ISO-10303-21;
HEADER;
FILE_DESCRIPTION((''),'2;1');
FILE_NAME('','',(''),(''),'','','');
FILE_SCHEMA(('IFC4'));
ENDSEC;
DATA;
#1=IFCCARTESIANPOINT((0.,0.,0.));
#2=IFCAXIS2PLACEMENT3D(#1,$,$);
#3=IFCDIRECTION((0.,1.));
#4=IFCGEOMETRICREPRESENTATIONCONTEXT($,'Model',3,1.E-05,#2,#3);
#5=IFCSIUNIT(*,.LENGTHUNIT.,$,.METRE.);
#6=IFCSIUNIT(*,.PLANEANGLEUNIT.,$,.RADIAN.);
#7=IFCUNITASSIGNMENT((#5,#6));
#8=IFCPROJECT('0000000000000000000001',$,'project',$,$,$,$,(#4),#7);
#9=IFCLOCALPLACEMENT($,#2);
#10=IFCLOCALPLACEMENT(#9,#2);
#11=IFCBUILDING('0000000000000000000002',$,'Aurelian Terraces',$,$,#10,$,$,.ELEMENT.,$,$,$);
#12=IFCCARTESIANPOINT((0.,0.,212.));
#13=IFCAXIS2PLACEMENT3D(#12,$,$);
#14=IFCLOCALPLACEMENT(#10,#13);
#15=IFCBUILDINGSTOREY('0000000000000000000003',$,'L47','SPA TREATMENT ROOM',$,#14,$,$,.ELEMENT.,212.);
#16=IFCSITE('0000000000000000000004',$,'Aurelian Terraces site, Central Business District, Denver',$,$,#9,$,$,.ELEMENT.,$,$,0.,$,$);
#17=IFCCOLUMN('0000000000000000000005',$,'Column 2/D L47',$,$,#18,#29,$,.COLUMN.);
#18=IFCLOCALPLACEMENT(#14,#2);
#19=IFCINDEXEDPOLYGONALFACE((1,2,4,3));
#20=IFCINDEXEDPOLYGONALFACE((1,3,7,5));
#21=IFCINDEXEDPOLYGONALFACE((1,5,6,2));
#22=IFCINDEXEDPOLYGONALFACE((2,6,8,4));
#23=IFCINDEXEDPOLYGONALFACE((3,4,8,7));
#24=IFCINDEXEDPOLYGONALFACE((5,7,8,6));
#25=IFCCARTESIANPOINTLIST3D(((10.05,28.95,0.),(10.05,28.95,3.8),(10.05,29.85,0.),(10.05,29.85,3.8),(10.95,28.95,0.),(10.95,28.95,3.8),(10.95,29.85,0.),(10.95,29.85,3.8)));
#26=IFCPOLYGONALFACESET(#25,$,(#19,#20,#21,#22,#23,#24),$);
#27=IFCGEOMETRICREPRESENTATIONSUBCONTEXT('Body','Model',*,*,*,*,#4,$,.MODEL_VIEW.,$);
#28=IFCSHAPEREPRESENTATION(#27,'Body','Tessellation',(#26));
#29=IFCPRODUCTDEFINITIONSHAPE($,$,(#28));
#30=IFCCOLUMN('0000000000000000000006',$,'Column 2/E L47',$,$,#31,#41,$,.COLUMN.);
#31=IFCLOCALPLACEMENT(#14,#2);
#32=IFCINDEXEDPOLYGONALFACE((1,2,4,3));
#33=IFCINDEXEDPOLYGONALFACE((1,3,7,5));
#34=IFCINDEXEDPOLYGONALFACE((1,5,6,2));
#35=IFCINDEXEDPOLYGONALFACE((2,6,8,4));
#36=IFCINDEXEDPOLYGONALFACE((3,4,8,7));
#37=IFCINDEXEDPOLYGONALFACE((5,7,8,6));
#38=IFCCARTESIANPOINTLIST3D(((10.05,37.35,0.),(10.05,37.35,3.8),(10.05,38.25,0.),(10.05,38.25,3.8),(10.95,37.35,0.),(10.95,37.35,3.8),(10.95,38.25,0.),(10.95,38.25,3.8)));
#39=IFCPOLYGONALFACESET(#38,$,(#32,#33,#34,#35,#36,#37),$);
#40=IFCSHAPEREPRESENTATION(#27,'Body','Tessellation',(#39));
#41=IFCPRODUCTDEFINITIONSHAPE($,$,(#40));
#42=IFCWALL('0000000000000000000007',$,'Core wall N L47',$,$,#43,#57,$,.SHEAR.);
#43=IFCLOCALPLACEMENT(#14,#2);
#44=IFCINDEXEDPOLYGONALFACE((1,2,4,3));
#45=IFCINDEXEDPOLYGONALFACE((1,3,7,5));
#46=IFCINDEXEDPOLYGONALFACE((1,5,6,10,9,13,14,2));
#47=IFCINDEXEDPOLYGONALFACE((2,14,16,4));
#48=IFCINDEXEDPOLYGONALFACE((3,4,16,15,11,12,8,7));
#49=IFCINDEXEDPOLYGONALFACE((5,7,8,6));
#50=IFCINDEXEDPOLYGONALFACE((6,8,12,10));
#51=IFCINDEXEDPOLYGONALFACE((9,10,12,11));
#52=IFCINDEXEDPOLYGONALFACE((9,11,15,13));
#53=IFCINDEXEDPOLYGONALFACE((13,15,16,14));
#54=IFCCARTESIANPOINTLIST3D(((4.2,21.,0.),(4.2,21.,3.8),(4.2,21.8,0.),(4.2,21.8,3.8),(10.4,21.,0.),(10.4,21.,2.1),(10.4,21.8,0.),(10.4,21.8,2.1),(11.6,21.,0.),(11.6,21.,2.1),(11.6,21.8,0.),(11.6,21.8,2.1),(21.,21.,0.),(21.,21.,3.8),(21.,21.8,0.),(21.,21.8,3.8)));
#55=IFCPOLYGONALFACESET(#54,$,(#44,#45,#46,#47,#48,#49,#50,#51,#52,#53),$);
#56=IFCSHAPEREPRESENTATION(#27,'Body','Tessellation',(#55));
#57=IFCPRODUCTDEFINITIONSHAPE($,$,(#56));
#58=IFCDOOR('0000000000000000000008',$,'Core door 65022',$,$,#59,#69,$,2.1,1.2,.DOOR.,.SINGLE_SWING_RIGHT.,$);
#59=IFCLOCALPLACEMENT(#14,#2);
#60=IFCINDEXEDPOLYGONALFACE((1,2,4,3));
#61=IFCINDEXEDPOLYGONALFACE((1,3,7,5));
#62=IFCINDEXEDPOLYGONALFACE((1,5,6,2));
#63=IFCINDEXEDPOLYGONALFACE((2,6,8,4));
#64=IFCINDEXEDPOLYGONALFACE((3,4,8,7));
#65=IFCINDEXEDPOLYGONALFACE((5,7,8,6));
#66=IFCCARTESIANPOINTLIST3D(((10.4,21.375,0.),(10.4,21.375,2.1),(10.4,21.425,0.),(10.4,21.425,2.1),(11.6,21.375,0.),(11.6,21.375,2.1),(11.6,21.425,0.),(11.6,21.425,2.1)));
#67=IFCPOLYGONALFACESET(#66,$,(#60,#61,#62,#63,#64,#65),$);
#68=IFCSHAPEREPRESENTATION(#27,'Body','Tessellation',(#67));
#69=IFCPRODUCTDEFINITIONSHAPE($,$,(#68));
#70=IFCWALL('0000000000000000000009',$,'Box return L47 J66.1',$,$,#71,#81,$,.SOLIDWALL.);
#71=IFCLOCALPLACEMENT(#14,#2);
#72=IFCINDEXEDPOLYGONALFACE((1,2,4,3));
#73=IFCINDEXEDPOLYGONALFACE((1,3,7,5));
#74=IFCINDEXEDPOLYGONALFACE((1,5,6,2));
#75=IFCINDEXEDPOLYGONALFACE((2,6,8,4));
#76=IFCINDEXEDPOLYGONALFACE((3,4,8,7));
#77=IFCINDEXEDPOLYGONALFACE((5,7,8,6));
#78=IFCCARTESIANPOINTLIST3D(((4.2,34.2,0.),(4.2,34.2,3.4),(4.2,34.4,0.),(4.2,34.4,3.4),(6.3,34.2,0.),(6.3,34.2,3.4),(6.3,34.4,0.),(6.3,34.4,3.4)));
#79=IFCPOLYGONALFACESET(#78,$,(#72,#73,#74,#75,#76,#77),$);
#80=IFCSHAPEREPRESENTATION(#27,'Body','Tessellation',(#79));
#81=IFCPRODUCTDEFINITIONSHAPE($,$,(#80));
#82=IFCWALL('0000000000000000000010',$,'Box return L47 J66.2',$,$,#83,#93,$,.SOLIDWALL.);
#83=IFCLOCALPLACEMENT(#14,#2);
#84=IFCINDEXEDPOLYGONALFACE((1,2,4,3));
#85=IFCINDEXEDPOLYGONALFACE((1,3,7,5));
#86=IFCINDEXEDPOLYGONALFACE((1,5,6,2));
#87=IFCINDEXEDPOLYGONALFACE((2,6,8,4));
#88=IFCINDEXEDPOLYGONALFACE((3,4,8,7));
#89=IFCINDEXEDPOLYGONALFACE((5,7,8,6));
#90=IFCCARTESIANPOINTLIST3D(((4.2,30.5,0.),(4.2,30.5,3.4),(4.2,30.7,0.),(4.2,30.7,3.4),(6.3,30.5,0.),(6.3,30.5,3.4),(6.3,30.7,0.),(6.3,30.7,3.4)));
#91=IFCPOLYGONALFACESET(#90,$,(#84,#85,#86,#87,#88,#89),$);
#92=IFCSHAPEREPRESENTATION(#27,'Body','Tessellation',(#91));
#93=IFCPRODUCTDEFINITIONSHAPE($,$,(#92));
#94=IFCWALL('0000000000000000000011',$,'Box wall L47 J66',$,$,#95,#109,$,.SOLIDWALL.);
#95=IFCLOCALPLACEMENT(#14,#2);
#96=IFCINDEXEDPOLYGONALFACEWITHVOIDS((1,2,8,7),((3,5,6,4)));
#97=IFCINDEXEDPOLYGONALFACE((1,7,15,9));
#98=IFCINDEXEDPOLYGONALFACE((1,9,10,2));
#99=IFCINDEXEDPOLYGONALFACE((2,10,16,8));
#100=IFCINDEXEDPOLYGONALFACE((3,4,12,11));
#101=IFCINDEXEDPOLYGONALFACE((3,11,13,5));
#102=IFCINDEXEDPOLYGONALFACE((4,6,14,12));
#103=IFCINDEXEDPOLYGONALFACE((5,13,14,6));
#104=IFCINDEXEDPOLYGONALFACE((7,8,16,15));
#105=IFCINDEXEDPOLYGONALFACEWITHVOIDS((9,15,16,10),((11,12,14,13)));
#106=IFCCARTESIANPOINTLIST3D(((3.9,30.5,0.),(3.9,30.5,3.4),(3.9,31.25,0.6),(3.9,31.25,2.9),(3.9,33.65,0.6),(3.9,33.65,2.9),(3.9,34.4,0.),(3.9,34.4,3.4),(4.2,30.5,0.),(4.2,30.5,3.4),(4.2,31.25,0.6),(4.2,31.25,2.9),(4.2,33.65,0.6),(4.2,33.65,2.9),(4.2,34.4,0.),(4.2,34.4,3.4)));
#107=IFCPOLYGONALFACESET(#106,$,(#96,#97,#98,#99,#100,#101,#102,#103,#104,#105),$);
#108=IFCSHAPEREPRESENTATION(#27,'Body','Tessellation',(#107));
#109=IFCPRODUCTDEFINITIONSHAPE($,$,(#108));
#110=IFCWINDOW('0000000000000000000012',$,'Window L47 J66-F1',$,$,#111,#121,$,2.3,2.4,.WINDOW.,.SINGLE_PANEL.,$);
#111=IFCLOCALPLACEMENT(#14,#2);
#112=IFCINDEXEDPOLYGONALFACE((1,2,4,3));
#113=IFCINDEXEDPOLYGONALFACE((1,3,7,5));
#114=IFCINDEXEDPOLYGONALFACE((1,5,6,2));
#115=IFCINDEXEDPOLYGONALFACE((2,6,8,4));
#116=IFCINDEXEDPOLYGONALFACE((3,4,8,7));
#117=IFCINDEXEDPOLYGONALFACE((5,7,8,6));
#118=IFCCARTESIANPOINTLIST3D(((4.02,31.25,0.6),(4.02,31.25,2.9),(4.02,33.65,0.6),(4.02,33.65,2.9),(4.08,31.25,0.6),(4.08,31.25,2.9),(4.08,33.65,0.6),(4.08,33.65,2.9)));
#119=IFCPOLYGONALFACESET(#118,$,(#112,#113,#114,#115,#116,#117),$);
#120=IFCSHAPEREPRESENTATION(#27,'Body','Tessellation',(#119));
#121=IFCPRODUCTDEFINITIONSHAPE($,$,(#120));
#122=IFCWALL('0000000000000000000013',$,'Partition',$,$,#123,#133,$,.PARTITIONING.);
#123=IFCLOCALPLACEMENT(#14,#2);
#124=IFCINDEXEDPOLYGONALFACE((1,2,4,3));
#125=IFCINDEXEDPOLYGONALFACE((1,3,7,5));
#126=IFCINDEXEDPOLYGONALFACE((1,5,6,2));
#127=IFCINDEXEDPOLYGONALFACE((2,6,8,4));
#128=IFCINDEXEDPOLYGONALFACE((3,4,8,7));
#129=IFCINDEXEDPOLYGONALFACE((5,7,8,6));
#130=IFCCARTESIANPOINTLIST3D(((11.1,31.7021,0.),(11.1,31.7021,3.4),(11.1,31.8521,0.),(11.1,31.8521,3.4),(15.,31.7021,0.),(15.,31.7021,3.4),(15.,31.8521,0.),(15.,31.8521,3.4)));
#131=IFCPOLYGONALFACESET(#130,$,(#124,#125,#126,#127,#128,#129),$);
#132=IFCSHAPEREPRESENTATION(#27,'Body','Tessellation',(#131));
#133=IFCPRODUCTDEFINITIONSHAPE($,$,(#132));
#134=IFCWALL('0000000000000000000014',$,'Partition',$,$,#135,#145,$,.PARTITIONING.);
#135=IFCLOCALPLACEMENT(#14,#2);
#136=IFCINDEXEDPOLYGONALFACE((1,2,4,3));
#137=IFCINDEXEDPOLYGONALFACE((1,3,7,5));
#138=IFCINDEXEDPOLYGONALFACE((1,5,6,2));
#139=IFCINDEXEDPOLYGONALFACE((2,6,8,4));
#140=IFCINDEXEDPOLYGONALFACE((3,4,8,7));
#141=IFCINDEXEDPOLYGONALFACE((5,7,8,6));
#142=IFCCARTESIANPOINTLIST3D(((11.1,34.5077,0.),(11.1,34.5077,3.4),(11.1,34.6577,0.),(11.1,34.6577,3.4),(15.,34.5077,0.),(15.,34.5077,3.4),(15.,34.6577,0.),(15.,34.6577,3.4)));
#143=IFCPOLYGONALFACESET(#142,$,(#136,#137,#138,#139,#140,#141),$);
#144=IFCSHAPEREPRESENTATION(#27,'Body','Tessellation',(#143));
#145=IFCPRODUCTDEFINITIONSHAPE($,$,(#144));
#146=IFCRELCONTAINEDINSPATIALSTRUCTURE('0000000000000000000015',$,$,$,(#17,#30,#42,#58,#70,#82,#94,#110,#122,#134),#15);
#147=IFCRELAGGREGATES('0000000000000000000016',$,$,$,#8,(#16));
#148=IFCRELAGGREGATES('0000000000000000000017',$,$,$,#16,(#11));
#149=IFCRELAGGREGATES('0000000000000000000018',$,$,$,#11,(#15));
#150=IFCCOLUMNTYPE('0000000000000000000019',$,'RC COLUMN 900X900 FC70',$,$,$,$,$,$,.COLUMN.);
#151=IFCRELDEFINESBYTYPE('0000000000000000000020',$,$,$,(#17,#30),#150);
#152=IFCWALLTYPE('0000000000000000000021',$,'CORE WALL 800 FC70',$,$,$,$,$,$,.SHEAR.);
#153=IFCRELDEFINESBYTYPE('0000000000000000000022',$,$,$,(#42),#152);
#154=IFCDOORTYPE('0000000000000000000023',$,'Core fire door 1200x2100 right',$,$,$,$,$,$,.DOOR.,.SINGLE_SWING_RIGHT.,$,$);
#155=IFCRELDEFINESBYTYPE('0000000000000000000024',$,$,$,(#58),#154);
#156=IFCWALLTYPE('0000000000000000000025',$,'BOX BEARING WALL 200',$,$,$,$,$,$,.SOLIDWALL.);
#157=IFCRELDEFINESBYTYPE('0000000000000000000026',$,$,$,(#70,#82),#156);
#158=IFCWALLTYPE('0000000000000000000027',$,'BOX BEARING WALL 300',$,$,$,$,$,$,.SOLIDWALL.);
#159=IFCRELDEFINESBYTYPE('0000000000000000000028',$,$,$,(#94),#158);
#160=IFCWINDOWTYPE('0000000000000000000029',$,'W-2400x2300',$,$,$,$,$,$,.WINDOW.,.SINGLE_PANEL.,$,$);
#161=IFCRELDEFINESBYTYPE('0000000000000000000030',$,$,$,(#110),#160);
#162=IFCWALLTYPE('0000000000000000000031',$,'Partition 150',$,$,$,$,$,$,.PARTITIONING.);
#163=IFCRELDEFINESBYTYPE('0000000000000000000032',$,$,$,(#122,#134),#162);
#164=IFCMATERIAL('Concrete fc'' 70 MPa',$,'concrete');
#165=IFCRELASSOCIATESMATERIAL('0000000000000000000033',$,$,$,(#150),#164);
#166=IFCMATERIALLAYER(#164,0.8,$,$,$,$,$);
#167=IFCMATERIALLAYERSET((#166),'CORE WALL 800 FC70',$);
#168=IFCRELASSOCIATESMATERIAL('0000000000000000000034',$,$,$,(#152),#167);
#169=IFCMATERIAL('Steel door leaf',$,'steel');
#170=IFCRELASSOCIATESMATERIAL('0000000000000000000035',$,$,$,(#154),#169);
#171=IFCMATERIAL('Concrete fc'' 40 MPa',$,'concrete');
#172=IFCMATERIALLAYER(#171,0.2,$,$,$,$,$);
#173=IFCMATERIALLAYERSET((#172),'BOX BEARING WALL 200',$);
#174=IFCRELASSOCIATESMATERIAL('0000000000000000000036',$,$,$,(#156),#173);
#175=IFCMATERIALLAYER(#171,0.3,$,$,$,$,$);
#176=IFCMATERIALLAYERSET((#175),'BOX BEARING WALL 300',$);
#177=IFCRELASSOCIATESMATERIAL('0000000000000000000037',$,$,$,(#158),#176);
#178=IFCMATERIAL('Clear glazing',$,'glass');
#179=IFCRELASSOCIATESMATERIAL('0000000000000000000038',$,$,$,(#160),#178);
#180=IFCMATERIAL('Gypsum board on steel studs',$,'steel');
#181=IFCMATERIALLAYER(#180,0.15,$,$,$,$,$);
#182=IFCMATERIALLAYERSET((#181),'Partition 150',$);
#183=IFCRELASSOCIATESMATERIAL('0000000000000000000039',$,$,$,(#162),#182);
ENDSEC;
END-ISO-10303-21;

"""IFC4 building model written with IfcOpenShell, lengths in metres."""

from ifc_helpers import new_model, si_unit, direction, frame, frame_2d, origin, origin_2d, place, context, subcontext, project, spatial, rectangle, extrude, source, transform, mapped, material, layer, layer_set, material_profile, profile_set, type_object, element, fill, save


model = new_model("IFC4")

# Units and contexts
model_context = context("Model", 3, precision=1e-05, world=origin(), true_north=direction((0.0, 1.0)))
body_context = subcontext(model_context, "Body", "Model", "MODEL_VIEW")
ifc_project = project(units=[si_unit("LENGTHUNIT", "METRE"), si_unit("PLANEANGLEUNIT", "RADIAN")], contexts=[model_context])

# Site, building, storey
site_placement = place(None, origin())
site = spatial("IfcSite", under=ifc_project, at=site_placement, Name="Aurelian Terraces site, Central Business District, Denver", CompositionType="ELEMENT", RefElevation=0.0)
building_placement = place(site_placement, origin())
building = spatial("IfcBuilding", under=site, at=building_placement, Name="Aurelian Terraces", CompositionType="ELEMENT")
storey_placement = place(building_placement, frame((0.0, 0.0, 212.0)))
storey = spatial("IfcBuildingStorey", under=building, at=storey_placement, Name="L47", Description="SPA TREATMENT ROOM", CompositionType="ELEMENT", Elevation=212.0)

# Columns
ifc_material_1 = material(Name="Concrete fc' 70 MPa", Category="concrete")
ifc_material_profile = material_profile(ifc_material_1, rectangle(XDim=0.9, YDim=0.9, at=origin_2d()))
ifc_profile_set = profile_set([ifc_material_profile], Name="Concrete fc' 70 MPa")
column_type = type_object("IfcColumnType", Name="RC COLUMN 900X900 FC70", PredefinedType="COLUMN", material=ifc_profile_set)
shared_shape_1 = source(origin(), body_context, "Body", "SweptSolid", [
    extrude(rectangle(XDim=0.9, YDim=0.9, at=origin_2d()), origin(), (0.0, 0.0, 1.0), 3.8),
])
for number, where, z_axis, x_axis, name in (
    (1, (10.5, 29.4, 0.0), (0.0, 0.0, 1.0), (1.0, 0.0, 0.0), "Column 2/D L47"),
    (2, (10.5, 37.8, 0.0), (0.0, 0.0, 1.0), (1.0, 0.0, 0.0), "Column 2/E L47"),
):
    element("IfcColumn", number, at=place(storey_placement, frame(where, z_axis=z_axis, x_axis=x_axis)), inside=storey, type_object=column_type, Name=name, PredefinedType="COLUMN", context=body_context, shape_type="MappedRepresentation", body=[
        mapped(shared_shape_1, transform((0.0, 0.0, 0.0), scale=1.0)),
    ])

# Wall, opening, door
ifc_layer_1 = layer(ifc_material_1, 0.8)
ifc_layer_set_1 = layer_set([ifc_layer_1], Name="CORE WALL 800 FC70")
wall_type_1 = type_object("IfcWallType", Name="CORE WALL 800 FC70", PredefinedType="SHEAR", material=ifc_layer_set_1)
shared_shape_2 = source(origin(), body_context, "Body", "SweptSolid", [
    extrude(rectangle(XDim=16.8, YDim=0.8, at=frame_2d((8.4, 0.0))), origin(), (0.0, 0.0, 1.0), 3.8),
])
wall_1_placement = place(storey_placement, frame((4.2, 21.4, 0.0), z_axis=(0.0, 0.0, 1.0), x_axis=(1.0, 0.0, 0.0)))
wall_1 = element("IfcWall", 3, at=wall_1_placement, inside=storey, type_object=wall_type_1, Name="Core wall N L47", PredefinedType="SHEAR", context=body_context, shape_type="MappedRepresentation", body=[
    mapped(shared_shape_2, transform((0.0, 0.0, 0.0), scale=1.0)),
])
shared_shape_3 = source(origin(), body_context, "Body", "SweptSolid", [
    extrude(rectangle(XDim=1.2, YDim=2.1, at=frame_2d((0.6, 1.05))), frame((0.0, 0.41, 0.0), z_axis=(0.0, -1.0, 0.0), x_axis=(1.0, 0.0, 0.0)), (0.0, 0.0, 1.0), 0.82),
])
opening_1_placement = place(wall_1_placement, frame((6.2, 0.0, 0.0)))
opening_1 = element("IfcOpeningElement", 4, at=opening_1_placement, cuts=wall_1, PredefinedType="OPENING", context=body_context, shape_type="MappedRepresentation", body=[
    mapped(shared_shape_3, transform((0.0, 0.0, 0.0), scale=1.0)),
])
ifc_material_2 = material(Name="Steel door leaf", Category="steel")
door_type_1 = type_object("IfcDoorType", Name="Core fire door 1200x2100 right", OperationType="SINGLE_SWING_RIGHT", PredefinedType="DOOR", material=ifc_material_2)
shared_shape_4 = source(origin(), body_context, "Body", "SweptSolid", [
    extrude(rectangle(XDim=1.2, YDim=2.1, at=frame_2d((0.6, 1.05))), frame((0.0, 0.025, 0.0), z_axis=(0.0, -1.0, 0.0), x_axis=(1.0, 0.0, 0.0)), (0.0, 0.0, 1.0), 0.05),
])
door_1_placement = place(opening_1_placement, origin())
door_1 = element("IfcDoor", 5, at=door_1_placement, inside=storey, type_object=door_type_1, Name="Core door 65022", OperationType="SINGLE_SWING_RIGHT", OverallHeight=2.1, OverallWidth=1.2, PredefinedType="DOOR", context=body_context, shape_type="MappedRepresentation", body=[
    mapped(shared_shape_4, transform((0.0, 0.0, 0.0), scale=1.0)),
])
fill(opening_1, door_1)

# Walls
ifc_material_3 = material(Name="Concrete fc' 40 MPa", Category="concrete")
ifc_layer_2 = layer(ifc_material_3, 0.2)
ifc_layer_set_2 = layer_set([ifc_layer_2], Name="BOX BEARING WALL 200")
wall_type_2 = type_object("IfcWallType", Name="BOX BEARING WALL 200", PredefinedType="SOLIDWALL", material=ifc_layer_set_2)
shared_shape_5 = source(origin(), body_context, "Body", "SweptSolid", [
    extrude(rectangle(XDim=2.1, YDim=0.2, at=frame_2d((1.05, 0.0))), origin(), (0.0, 0.0, 1.0), 3.4),
])
for number, where, z_axis, x_axis, name in (
    (6, (6.3, 34.3, 0.0), (0.0, 0.0, 1.0), (-1.0, 0.0, 0.0), "Box return L47 J66.1"),
    (7, (6.3, 30.6, 0.0), (0.0, 0.0, 1.0), (-1.0, 0.0, 0.0), "Box return L47 J66.2"),
):
    element("IfcWall", number, at=place(storey_placement, frame(where, z_axis=z_axis, x_axis=x_axis)), inside=storey, type_object=wall_type_2, Name=name, PredefinedType="SOLIDWALL", context=body_context, shape_type="MappedRepresentation", body=[
        mapped(shared_shape_5, transform((0.0, 0.0, 0.0), scale=1.0)),
    ])

# Wall, opening, window
ifc_layer_3 = layer(ifc_material_3, 0.3)
ifc_layer_set_3 = layer_set([ifc_layer_3], Name="BOX BEARING WALL 300")
wall_type_3 = type_object("IfcWallType", Name="BOX BEARING WALL 300", PredefinedType="SOLIDWALL", material=ifc_layer_set_3)
shared_shape_6 = source(origin(), body_context, "Body", "SweptSolid", [
    extrude(rectangle(XDim=3.9, YDim=0.3, at=frame_2d((1.95, 0.0))), origin(), (0.0, 0.0, 1.0), 3.4),
])
wall_2_placement = place(storey_placement, frame((4.05, 34.4, 0.0), z_axis=(0.0, 0.0, 1.0), x_axis=(0.0, -1.0, 0.0)))
wall_2 = element("IfcWall", 8, at=wall_2_placement, inside=storey, type_object=wall_type_3, Name="Box wall L47 J66", PredefinedType="SOLIDWALL", context=body_context, shape_type="MappedRepresentation", body=[
    mapped(shared_shape_6, transform((0.0, 0.0, 0.0), scale=1.0)),
])
shared_shape_7 = source(origin(), body_context, "Body", "SweptSolid", [
    extrude(rectangle(XDim=2.4, YDim=2.3, at=frame_2d((1.2, 1.15))), frame((0.0, 0.16, 0.0), z_axis=(0.0, -1.0, 0.0), x_axis=(1.0, 0.0, 0.0)), (0.0, 0.0, 1.0), 0.32),
])
opening_2_placement = place(wall_2_placement, frame((0.75, 0.0, 0.6)))
opening_2 = element("IfcOpeningElement", 9, at=opening_2_placement, cuts=wall_2, PredefinedType="OPENING", context=body_context, shape_type="MappedRepresentation", body=[
    mapped(shared_shape_7, transform((0.0, 0.0, 0.0), scale=1.0)),
])
ifc_material_4 = material(Name="Clear glazing", Category="glass")
window_type = type_object("IfcWindowType", Name="W-2400x2300", PartitioningType="SINGLE_PANEL", PredefinedType="WINDOW", material=ifc_material_4)
shared_shape_8 = source(origin(), body_context, "Body", "SweptSolid", [
    extrude(rectangle(XDim=2.4, YDim=2.3, at=frame_2d((1.2, 1.15))), frame((0.0, 0.03, 0.0), z_axis=(0.0, -1.0, 0.0), x_axis=(1.0, 0.0, 0.0)), (0.0, 0.0, 1.0), 0.06),
])
window_placement = place(opening_2_placement, origin())
window = element("IfcWindow", 10, at=window_placement, inside=storey, type_object=window_type, Name="Window L47 J66-F1", OverallHeight=2.3, OverallWidth=2.4, PartitioningType="SINGLE_PANEL", PredefinedType="WINDOW", context=body_context, shape_type="MappedRepresentation", body=[
    mapped(shared_shape_8, transform((0.0, 0.0, 0.0), scale=1.0)),
])
fill(opening_2, window)

# Walls
ifc_material_5 = material(Name="Gypsum board on steel studs", Category="steel")
ifc_layer_4 = layer(ifc_material_5, 0.15)
ifc_layer_set_4 = layer_set([ifc_layer_4], Name="Partition 150")
wall_type_4 = type_object("IfcWallType", Name="Partition 150", PredefinedType="PARTITIONING", material=ifc_layer_set_4)
shared_shape_9 = source(origin(), body_context, "Body", "SweptSolid", [
    extrude(rectangle(XDim=3.9, YDim=0.15, at=frame_2d((1.95, 0.0))), origin(), (0.0, 0.0, 1.0), 3.4),
])
for number, where, z_axis, x_axis, name in (
    (11, (15.0, 31.7771, 0.0), (0.0, 0.0, 1.0), (-1.0, 0.0, 0.0), "Partition"),
    (12, (15.0, 34.5827, 0.0), (0.0, 0.0, 1.0), (-1.0, 0.0, 0.0), "Partition"),
):
    element("IfcWall", number, at=place(storey_placement, frame(where, z_axis=z_axis, x_axis=x_axis)), inside=storey, type_object=wall_type_4, Name=name, PredefinedType="PARTITIONING", context=body_context, shape_type="MappedRepresentation", body=[
        mapped(shared_shape_9, transform((0.0, 0.0, 0.0), scale=1.0)),
    ])

save(model, "model.ifc")
